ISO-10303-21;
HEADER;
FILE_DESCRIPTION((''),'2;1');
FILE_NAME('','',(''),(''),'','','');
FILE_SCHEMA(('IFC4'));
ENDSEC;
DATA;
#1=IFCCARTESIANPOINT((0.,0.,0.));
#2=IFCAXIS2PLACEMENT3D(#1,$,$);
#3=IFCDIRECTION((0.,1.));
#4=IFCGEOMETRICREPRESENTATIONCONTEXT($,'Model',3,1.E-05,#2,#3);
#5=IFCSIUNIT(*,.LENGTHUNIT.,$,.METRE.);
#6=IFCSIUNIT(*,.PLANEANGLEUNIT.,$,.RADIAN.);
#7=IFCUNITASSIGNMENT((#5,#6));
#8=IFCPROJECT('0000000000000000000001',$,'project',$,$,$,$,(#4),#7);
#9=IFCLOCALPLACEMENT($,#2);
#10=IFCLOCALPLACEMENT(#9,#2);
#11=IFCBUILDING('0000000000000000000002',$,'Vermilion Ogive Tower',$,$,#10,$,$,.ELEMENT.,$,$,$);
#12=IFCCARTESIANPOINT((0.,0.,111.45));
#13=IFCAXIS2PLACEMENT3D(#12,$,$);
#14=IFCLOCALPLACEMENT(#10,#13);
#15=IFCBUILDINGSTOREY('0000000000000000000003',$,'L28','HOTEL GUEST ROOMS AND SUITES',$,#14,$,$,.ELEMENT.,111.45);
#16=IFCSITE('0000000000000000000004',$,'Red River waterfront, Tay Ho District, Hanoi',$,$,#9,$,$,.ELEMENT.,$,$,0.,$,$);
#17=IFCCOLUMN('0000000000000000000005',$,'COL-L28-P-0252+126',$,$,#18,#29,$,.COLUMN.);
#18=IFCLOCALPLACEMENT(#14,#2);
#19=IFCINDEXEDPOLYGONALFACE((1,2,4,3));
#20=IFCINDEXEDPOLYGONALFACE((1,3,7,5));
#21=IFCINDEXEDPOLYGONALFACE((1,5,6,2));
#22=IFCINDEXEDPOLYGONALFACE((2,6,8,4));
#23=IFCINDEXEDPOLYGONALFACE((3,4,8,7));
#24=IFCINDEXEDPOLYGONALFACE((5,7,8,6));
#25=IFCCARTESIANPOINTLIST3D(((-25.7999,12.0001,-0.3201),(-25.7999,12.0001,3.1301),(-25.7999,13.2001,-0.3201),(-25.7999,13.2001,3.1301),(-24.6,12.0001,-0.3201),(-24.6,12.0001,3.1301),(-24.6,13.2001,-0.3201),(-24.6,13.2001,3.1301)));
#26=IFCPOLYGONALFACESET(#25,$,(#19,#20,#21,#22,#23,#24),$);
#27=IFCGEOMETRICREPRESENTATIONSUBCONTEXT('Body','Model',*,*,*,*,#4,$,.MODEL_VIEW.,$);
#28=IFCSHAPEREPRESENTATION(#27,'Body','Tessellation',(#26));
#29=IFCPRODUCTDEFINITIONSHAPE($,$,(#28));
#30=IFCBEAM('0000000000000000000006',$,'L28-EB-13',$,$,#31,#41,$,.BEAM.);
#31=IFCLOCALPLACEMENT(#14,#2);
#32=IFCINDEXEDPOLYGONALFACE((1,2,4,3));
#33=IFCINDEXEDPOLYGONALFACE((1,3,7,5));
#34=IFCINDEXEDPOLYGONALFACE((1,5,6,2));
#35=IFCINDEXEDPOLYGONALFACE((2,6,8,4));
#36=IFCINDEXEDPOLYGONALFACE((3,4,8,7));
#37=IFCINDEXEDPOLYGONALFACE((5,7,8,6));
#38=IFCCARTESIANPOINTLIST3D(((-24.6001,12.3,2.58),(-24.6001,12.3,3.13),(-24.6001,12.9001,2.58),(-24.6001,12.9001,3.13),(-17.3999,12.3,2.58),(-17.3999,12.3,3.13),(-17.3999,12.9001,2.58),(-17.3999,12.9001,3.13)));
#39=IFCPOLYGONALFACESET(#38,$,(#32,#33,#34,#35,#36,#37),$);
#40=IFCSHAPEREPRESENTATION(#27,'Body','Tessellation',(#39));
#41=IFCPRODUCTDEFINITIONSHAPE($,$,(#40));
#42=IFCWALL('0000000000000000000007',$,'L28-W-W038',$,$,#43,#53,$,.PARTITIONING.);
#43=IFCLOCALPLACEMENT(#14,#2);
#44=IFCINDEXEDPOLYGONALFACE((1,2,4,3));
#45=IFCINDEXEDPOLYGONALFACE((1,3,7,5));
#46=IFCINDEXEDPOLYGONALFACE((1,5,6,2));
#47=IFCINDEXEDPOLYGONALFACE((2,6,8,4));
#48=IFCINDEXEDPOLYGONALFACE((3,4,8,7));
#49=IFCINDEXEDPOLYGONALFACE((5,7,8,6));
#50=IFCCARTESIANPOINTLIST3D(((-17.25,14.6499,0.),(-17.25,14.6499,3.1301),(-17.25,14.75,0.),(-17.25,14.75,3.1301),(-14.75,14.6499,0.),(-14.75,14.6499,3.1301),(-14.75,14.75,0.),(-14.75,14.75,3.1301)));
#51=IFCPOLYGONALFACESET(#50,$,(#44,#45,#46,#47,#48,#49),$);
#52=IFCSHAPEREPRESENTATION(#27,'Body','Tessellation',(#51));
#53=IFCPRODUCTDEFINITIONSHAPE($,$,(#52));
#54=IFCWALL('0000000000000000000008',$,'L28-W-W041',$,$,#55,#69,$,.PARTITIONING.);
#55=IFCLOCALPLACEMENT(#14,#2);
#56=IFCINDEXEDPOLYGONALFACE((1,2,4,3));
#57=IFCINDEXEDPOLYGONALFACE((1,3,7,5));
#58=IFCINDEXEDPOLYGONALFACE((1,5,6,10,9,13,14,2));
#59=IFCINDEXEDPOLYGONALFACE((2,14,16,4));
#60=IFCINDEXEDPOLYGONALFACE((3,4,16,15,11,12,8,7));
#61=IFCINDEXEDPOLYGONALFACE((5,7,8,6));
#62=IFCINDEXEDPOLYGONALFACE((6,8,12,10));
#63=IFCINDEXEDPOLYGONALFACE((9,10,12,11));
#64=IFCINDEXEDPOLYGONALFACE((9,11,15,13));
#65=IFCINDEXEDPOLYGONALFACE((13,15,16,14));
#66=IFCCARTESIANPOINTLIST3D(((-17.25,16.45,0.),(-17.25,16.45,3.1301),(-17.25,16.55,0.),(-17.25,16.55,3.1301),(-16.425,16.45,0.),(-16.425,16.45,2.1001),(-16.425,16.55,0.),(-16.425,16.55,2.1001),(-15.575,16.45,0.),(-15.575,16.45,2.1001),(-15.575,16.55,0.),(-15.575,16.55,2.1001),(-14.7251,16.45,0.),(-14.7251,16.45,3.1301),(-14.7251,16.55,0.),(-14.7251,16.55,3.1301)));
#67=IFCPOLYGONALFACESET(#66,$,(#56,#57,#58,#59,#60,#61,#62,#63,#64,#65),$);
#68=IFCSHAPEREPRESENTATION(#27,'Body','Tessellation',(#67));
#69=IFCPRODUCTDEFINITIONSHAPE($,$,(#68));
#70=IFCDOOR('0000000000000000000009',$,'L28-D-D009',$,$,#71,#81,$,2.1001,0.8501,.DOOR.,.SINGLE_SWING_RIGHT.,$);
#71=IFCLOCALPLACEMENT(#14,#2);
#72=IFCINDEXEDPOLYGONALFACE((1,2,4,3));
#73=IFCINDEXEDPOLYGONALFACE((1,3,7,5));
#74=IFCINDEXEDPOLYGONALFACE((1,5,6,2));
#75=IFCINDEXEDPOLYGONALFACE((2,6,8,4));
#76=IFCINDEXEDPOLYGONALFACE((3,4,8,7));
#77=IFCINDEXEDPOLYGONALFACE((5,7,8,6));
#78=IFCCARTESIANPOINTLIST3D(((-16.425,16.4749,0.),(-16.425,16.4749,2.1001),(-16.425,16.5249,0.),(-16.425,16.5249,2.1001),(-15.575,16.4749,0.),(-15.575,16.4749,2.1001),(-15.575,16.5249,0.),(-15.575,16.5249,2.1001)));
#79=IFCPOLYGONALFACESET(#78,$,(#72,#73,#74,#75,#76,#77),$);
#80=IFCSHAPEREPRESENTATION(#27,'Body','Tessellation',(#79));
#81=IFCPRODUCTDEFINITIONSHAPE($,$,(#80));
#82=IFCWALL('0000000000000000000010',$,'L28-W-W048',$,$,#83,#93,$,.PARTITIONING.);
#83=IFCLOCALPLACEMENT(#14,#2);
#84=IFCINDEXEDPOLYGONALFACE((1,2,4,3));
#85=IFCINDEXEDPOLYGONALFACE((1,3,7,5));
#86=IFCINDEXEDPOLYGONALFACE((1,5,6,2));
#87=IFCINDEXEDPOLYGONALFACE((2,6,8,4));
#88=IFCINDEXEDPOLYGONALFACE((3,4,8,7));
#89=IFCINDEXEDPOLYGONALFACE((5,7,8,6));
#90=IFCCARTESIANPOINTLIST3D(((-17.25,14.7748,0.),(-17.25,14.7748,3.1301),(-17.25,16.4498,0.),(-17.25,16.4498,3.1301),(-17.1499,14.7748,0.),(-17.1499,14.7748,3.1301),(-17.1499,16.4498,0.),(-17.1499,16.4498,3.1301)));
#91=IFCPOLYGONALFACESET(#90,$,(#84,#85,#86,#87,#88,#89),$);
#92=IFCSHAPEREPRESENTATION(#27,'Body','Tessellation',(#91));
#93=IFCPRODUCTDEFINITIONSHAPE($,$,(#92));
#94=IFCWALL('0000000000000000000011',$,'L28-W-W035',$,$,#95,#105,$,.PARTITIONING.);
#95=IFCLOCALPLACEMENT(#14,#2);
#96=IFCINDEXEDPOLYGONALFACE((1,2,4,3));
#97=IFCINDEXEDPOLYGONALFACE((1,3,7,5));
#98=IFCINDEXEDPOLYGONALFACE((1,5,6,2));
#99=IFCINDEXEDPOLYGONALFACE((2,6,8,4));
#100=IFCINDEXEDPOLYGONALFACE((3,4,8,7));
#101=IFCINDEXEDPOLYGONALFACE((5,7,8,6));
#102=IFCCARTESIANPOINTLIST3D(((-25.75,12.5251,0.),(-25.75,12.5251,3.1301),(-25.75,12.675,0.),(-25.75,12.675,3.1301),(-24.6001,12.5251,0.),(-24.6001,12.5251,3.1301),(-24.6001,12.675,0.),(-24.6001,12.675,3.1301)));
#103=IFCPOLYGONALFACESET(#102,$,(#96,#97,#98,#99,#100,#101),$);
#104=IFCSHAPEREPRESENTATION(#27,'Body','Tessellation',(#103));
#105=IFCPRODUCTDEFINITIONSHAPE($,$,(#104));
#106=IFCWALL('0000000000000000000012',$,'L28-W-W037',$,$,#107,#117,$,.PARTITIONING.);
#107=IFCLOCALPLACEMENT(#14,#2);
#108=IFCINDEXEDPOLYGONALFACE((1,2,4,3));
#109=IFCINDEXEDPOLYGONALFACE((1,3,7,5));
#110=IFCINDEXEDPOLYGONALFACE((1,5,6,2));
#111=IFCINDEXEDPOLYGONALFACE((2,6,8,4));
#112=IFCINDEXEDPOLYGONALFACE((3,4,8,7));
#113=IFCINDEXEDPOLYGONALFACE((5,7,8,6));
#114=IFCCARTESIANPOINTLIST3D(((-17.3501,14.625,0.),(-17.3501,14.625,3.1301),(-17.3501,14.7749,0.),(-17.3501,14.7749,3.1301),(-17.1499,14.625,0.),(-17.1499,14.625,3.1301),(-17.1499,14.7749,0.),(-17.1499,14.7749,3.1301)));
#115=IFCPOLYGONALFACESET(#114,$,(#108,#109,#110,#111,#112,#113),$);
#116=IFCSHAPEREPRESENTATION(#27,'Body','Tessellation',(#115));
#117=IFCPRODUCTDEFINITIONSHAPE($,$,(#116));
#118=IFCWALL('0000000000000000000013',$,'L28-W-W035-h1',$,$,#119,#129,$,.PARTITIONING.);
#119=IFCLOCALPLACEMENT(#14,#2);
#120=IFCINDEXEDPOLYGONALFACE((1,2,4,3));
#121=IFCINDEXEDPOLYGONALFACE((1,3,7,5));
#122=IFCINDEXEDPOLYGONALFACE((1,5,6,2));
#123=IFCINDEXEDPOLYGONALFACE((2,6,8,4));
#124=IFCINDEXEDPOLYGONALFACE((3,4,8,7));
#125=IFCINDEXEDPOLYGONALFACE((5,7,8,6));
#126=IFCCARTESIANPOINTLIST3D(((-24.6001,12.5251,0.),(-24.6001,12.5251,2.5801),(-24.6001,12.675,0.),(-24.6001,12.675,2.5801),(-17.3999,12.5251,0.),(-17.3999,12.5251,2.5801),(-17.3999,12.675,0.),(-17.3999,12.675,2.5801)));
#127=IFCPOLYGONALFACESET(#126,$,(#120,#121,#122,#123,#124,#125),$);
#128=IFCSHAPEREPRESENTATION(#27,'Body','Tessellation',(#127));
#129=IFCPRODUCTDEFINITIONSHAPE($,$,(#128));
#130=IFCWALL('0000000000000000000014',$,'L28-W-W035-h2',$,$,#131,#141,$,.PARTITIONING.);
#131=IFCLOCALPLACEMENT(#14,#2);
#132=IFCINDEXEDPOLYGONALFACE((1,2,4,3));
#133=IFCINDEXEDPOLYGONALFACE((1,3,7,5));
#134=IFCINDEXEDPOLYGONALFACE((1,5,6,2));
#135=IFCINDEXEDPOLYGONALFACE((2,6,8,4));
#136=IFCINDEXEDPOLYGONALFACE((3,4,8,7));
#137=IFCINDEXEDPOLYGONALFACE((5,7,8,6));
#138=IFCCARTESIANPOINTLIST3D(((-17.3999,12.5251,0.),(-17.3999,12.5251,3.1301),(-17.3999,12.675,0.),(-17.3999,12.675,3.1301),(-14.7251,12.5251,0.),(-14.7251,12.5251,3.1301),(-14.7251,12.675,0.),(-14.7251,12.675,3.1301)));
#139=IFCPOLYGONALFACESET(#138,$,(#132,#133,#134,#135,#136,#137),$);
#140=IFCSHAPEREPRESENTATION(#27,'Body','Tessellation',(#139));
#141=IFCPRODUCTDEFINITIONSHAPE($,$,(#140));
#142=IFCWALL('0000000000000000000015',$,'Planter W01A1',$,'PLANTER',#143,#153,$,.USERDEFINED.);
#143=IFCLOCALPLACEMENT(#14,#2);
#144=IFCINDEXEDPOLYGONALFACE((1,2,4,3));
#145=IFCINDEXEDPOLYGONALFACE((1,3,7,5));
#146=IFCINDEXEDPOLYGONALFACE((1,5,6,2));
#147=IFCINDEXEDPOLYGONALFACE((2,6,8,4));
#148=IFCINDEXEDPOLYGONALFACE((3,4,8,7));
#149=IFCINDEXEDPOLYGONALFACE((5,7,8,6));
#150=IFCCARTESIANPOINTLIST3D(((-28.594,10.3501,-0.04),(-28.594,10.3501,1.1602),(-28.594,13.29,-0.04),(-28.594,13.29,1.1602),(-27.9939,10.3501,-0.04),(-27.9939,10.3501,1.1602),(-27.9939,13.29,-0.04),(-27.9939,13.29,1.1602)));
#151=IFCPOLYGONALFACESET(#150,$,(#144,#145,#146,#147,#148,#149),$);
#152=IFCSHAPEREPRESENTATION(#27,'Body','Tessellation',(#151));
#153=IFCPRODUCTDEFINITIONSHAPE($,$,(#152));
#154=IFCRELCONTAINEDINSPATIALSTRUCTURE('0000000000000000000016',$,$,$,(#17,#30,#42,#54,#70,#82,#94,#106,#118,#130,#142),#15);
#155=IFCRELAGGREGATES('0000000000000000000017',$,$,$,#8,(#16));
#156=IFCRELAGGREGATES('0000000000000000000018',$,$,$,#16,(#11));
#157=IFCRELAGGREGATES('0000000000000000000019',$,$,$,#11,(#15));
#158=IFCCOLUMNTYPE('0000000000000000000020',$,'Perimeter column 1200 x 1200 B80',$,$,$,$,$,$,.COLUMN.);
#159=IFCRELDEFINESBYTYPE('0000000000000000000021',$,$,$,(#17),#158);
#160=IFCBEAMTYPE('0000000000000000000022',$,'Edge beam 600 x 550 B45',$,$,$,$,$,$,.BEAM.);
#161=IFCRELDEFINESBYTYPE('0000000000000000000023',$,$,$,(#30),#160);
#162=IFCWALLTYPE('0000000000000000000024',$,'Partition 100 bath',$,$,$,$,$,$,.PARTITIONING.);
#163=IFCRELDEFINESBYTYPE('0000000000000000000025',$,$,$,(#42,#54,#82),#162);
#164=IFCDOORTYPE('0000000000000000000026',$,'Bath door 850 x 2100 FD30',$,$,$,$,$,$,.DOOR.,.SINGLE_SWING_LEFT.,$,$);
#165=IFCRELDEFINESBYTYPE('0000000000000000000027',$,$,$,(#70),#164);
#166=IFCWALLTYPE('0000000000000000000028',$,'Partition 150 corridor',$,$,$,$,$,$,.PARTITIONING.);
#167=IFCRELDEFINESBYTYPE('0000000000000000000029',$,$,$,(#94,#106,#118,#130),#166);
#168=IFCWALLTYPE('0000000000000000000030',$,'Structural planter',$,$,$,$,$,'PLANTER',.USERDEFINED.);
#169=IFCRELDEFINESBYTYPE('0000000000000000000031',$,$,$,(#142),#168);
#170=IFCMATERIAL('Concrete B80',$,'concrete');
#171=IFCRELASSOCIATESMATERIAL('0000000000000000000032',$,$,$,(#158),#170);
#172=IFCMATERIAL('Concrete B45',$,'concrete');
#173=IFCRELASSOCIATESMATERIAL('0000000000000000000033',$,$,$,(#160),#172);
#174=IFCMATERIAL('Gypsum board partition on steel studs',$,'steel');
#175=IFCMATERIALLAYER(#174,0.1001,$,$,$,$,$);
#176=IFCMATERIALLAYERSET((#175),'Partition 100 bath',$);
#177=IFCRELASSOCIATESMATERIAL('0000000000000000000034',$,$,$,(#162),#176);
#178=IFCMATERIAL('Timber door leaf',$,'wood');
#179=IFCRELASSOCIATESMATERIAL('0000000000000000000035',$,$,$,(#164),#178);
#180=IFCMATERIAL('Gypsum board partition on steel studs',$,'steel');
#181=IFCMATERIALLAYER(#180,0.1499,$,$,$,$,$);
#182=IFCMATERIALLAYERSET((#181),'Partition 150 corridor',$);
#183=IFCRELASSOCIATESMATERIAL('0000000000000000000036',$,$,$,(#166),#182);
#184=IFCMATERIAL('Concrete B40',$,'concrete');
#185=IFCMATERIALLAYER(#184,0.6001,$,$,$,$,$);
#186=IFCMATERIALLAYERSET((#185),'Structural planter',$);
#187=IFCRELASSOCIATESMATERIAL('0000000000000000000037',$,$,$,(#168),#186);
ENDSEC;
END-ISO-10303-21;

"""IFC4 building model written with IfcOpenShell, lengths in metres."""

from ifc_helpers import new_model, si_unit, direction, frame, frame_2d, origin, origin_2d, place, context, subcontext, project, spatial, rectangle, extrude, material, layer, layer_set, material_profile, profile_set, type_object, element, fill, save


model = new_model("IFC4")

# Units and contexts
model_context = context("Model", 3, precision=1e-05, world=origin(), true_north=direction((0.0, 1.0)))
body_context = subcontext(model_context, "Body", "Model", "MODEL_VIEW")
ifc_project = project(units=[si_unit("LENGTHUNIT", "METRE"), si_unit("PLANEANGLEUNIT", "RADIAN")], contexts=[model_context])

# Site, building, storey
site_placement = place(None, origin())
site = spatial("IfcSite", under=ifc_project, at=site_placement, Name="Red River waterfront, Tay Ho District, Hanoi", CompositionType="ELEMENT", RefElevation=0.0)
building_placement = place(site_placement, origin())
building = spatial("IfcBuilding", under=site, at=building_placement, Name="Vermilion Ogive Tower", CompositionType="ELEMENT")
storey_placement = place(building_placement, frame((0.0, 0.0, 111.45)))
storey = spatial("IfcBuildingStorey", under=building, at=storey_placement, Name="L28", Description="HOTEL GUEST ROOMS AND SUITES", CompositionType="ELEMENT", Elevation=111.45)

# Column
ifc_material_1 = material(Name="Concrete B80", Category="concrete")
ifc_material_profile_1 = material_profile(ifc_material_1, rectangle(XDim=1.2, YDim=1.2, at=origin_2d()), Name="1200 x 1200")
ifc_profile_set_1 = profile_set([ifc_material_profile_1], Name="Concrete B80")
column_type = type_object("IfcColumnType", Name="Perimeter column 1200 x 1200 B80", PredefinedType="COLUMN", material=ifc_profile_set_1)
column_placement = place(storey_placement, frame((-25.2, 12.6001, -0.3201), z_axis=(0.0, 0.0, 1.0), x_axis=(1.0, 0.0, 0.0)))
element("IfcColumn", 1, at=column_placement, inside=storey, type_object=column_type, Name="COL-L28-P-0252+126", PredefinedType="COLUMN", context=body_context, shape_type="SweptSolid", body=[
    extrude(rectangle(XDim=1.2, YDim=1.2, at=origin_2d()), origin(), (0.0, 0.0, 1.0), 3.4502),
])

# Beam
ifc_material_2 = material(Name="Concrete B45", Category="concrete")
ifc_material_profile_2 = material_profile(ifc_material_2, rectangle(XDim=0.6001, YDim=0.55, at=origin_2d()), Name="600 x 550")
ifc_profile_set_2 = profile_set([ifc_material_profile_2], Name="Concrete B45")
beam_type = type_object("IfcBeamType", Name="Edge beam 600 x 550 B45", PredefinedType="BEAM", material=ifc_profile_set_2)
beam_placement = place(storey_placement, frame((-17.3999, 12.6001, 2.855), z_axis=(-1.0, 0.0, 0.0), x_axis=(0.0, -1.0, 0.0)))
element("IfcBeam", 2, at=beam_placement, inside=storey, type_object=beam_type, Name="L28-EB-13", PredefinedType="BEAM", context=body_context, shape_type="SweptSolid", body=[
    extrude(rectangle(XDim=0.6001, YDim=0.55, at=origin_2d()), origin(), (0.0, 0.0, 1.0), 7.2002),
])

# Wall
ifc_material_3 = material(Name="Gypsum board partition on steel studs", Category="steel")
ifc_layer_1 = layer(ifc_material_3, 0.1001)
ifc_layer_set_1 = layer_set([ifc_layer_1], Name="Partition 100 bath")
wall_type_1 = type_object("IfcWallType", Name="Partition 100 bath", PredefinedType="PARTITIONING", material=ifc_layer_set_1)
wall_1_placement = place(storey_placement, frame((-17.25, 14.7, 0.0), z_axis=(0.0, 0.0, 1.0), x_axis=(1.0, 0.0, 0.0)))
element("IfcWall", 3, at=wall_1_placement, inside=storey, type_object=wall_type_1, Name="L28-W-W038", PredefinedType="PARTITIONING", context=body_context, shape_type="SweptSolid", body=[
    extrude(rectangle(XDim=2.5, YDim=0.1001, at=frame_2d((1.25, 0.0))), origin(), (0.0, 0.0, 1.0), 3.1301),
])

# Wall, opening, door
wall_2_placement = place(storey_placement, frame((-17.25, 16.5, 0.0), z_axis=(0.0, 0.0, 1.0), x_axis=(1.0, 0.0, 0.0)))
wall_2 = element("IfcWall", 4, at=wall_2_placement, inside=storey, type_object=wall_type_1, Name="L28-W-W041", PredefinedType="PARTITIONING", context=body_context, shape_type="SweptSolid", body=[
    extrude(rectangle(XDim=2.5249, YDim=0.1001, at=frame_2d((1.2625, 0.0))), origin(), (0.0, 0.0, 1.0), 3.1301),
])
opening_1_placement = place(wall_2_placement, frame((0.825, 0.0, 0.0)))
opening_1 = element("IfcOpeningElement", 5, at=opening_1_placement, cuts=wall_2, PredefinedType="OPENING", context=body_context, shape_type="SweptSolid", body=[
    extrude(rectangle(XDim=0.8501, YDim=2.1001, at=frame_2d((0.425, 1.05))), frame((0.0, 0.0601, 0.0), z_axis=(0.0, -1.0, 0.0), x_axis=(1.0, 0.0, 0.0)), (0.0, 0.0, 1.0), 0.1201),
])
ifc_material_4 = material(Name="Timber door leaf", Category="wood")
door_type = type_object("IfcDoorType", Name="Bath door 850 x 2100 FD30", OperationType="SINGLE_SWING_LEFT", PredefinedType="DOOR", material=ifc_material_4)
door_placement = place(opening_1_placement, origin())
door = element("IfcDoor", 6, at=door_placement, inside=storey, type_object=door_type, Name="L28-D-D009", OperationType="SINGLE_SWING_RIGHT", OverallHeight=2.1001, OverallWidth=0.8501, PredefinedType="DOOR", context=body_context, shape_type="SweptSolid", body=[
    extrude(rectangle(XDim=0.8501, YDim=2.1001, at=frame_2d((0.425, 1.05))), frame((0.0, 0.0249, 0.0), z_axis=(0.0, -1.0, 0.0), x_axis=(1.0, 0.0, 0.0)), (0.0, 0.0, 1.0), 0.05),
])
fill(opening_1, door)

# Walls
wall_3_placement = place(storey_placement, frame((-17.2, 14.7749, 0.0), z_axis=(0.0, 0.0, 1.0), x_axis=(0.0, 1.0, 0.0)))
element("IfcWall", 7, at=wall_3_placement, inside=storey, type_object=wall_type_1, Name="L28-W-W048", PredefinedType="PARTITIONING", context=body_context, shape_type="SweptSolid", body=[
    extrude(rectangle(XDim=1.675, YDim=0.1001, at=frame_2d((0.8374, 0.0))), origin(), (0.0, 0.0, 1.0), 3.1301),
])
ifc_material_5 = material(Name="Gypsum board partition on steel studs", Category="steel")
ifc_layer_2 = layer(ifc_material_5, 0.1499)
ifc_layer_set_2 = layer_set([ifc_layer_2], Name="Partition 150 corridor")
wall_type_2 = type_object("IfcWallType", Name="Partition 150 corridor", PredefinedType="PARTITIONING", material=ifc_layer_set_2)
wall_4_placement = place(storey_placement, frame((-25.75, 12.6001, 0.0), z_axis=(0.0, 0.0, 1.0), x_axis=(1.0, 0.0, 0.0)))
element("IfcWall", 8, at=wall_4_placement, inside=storey, type_object=wall_type_2, Name="L28-W-W035", PredefinedType="PARTITIONING", context=body_context, shape_type="SweptSolid", body=[
    extrude(rectangle(XDim=1.1499, YDim=0.1499, at=frame_2d((0.575, 0.0))), origin(), (0.0, 0.0, 1.0), 3.1301),
])
wall_5_placement = place(storey_placement, frame((-17.3501, 14.7, 0.0), z_axis=(0.0, 0.0, 1.0), x_axis=(1.0, 0.0, 0.0)))
element("IfcWall", 9, at=wall_5_placement, inside=storey, type_object=wall_type_2, Name="L28-W-W037", PredefinedType="PARTITIONING", context=body_context, shape_type="SweptSolid", body=[
    extrude(rectangle(XDim=0.2002, YDim=0.1499, at=frame_2d((0.1001, 0.0))), origin(), (0.0, 0.0, 1.0), 3.1301),
])
wall_6_placement = place(storey_placement, frame((-24.6001, 12.6001, 0.0), z_axis=(0.0, 0.0, 1.0), x_axis=(1.0, 0.0, 0.0)))
element("IfcWall", 10, at=wall_6_placement, inside=storey, type_object=wall_type_2, Name="L28-W-W035-h1", PredefinedType="PARTITIONING", context=body_context, shape_type="SweptSolid", body=[
    extrude(rectangle(XDim=7.2002, YDim=0.1499, at=frame_2d((3.6001, 0.0))), origin(), (0.0, 0.0, 1.0), 2.5801),
])
wall_7_placement = place(storey_placement, frame((-17.3999, 12.6001, 0.0), z_axis=(0.0, 0.0, 1.0), x_axis=(1.0, 0.0, 0.0)))
element("IfcWall", 11, at=wall_7_placement, inside=storey, type_object=wall_type_2, Name="L28-W-W035-h2", PredefinedType="PARTITIONING", context=body_context, shape_type="SweptSolid", body=[
    extrude(rectangle(XDim=2.6748, YDim=0.1499, at=frame_2d((1.3374, 0.0))), origin(), (0.0, 0.0, 1.0), 3.1301),
])
ifc_material_6 = material(Name="Concrete B40", Category="concrete")
ifc_layer_3 = layer(ifc_material_6, 0.6001)
ifc_layer_set_3 = layer_set([ifc_layer_3], Name="Structural planter")
wall_type_3 = type_object("IfcWallType", Name="Structural planter", ElementType="PLANTER", PredefinedType="USERDEFINED", material=ifc_layer_set_3)
wall_8_placement = place(storey_placement, frame((-28.2939, 13.29, -0.04), z_axis=(0.0, 0.0, 1.0), x_axis=(0.0, -1.0, 0.0)))
element("IfcWall", 12, at=wall_8_placement, inside=storey, type_object=wall_type_3, Name="Planter W01A1", ObjectType="PLANTER", PredefinedType="USERDEFINED", context=body_context, shape_type="SweptSolid", body=[
    extrude(rectangle(XDim=2.9399, YDim=0.6001, at=frame_2d((1.47, 0.0))), origin(), (0.0, 0.0, 1.0), 1.2002),
])

save(model, "model.ifc")
